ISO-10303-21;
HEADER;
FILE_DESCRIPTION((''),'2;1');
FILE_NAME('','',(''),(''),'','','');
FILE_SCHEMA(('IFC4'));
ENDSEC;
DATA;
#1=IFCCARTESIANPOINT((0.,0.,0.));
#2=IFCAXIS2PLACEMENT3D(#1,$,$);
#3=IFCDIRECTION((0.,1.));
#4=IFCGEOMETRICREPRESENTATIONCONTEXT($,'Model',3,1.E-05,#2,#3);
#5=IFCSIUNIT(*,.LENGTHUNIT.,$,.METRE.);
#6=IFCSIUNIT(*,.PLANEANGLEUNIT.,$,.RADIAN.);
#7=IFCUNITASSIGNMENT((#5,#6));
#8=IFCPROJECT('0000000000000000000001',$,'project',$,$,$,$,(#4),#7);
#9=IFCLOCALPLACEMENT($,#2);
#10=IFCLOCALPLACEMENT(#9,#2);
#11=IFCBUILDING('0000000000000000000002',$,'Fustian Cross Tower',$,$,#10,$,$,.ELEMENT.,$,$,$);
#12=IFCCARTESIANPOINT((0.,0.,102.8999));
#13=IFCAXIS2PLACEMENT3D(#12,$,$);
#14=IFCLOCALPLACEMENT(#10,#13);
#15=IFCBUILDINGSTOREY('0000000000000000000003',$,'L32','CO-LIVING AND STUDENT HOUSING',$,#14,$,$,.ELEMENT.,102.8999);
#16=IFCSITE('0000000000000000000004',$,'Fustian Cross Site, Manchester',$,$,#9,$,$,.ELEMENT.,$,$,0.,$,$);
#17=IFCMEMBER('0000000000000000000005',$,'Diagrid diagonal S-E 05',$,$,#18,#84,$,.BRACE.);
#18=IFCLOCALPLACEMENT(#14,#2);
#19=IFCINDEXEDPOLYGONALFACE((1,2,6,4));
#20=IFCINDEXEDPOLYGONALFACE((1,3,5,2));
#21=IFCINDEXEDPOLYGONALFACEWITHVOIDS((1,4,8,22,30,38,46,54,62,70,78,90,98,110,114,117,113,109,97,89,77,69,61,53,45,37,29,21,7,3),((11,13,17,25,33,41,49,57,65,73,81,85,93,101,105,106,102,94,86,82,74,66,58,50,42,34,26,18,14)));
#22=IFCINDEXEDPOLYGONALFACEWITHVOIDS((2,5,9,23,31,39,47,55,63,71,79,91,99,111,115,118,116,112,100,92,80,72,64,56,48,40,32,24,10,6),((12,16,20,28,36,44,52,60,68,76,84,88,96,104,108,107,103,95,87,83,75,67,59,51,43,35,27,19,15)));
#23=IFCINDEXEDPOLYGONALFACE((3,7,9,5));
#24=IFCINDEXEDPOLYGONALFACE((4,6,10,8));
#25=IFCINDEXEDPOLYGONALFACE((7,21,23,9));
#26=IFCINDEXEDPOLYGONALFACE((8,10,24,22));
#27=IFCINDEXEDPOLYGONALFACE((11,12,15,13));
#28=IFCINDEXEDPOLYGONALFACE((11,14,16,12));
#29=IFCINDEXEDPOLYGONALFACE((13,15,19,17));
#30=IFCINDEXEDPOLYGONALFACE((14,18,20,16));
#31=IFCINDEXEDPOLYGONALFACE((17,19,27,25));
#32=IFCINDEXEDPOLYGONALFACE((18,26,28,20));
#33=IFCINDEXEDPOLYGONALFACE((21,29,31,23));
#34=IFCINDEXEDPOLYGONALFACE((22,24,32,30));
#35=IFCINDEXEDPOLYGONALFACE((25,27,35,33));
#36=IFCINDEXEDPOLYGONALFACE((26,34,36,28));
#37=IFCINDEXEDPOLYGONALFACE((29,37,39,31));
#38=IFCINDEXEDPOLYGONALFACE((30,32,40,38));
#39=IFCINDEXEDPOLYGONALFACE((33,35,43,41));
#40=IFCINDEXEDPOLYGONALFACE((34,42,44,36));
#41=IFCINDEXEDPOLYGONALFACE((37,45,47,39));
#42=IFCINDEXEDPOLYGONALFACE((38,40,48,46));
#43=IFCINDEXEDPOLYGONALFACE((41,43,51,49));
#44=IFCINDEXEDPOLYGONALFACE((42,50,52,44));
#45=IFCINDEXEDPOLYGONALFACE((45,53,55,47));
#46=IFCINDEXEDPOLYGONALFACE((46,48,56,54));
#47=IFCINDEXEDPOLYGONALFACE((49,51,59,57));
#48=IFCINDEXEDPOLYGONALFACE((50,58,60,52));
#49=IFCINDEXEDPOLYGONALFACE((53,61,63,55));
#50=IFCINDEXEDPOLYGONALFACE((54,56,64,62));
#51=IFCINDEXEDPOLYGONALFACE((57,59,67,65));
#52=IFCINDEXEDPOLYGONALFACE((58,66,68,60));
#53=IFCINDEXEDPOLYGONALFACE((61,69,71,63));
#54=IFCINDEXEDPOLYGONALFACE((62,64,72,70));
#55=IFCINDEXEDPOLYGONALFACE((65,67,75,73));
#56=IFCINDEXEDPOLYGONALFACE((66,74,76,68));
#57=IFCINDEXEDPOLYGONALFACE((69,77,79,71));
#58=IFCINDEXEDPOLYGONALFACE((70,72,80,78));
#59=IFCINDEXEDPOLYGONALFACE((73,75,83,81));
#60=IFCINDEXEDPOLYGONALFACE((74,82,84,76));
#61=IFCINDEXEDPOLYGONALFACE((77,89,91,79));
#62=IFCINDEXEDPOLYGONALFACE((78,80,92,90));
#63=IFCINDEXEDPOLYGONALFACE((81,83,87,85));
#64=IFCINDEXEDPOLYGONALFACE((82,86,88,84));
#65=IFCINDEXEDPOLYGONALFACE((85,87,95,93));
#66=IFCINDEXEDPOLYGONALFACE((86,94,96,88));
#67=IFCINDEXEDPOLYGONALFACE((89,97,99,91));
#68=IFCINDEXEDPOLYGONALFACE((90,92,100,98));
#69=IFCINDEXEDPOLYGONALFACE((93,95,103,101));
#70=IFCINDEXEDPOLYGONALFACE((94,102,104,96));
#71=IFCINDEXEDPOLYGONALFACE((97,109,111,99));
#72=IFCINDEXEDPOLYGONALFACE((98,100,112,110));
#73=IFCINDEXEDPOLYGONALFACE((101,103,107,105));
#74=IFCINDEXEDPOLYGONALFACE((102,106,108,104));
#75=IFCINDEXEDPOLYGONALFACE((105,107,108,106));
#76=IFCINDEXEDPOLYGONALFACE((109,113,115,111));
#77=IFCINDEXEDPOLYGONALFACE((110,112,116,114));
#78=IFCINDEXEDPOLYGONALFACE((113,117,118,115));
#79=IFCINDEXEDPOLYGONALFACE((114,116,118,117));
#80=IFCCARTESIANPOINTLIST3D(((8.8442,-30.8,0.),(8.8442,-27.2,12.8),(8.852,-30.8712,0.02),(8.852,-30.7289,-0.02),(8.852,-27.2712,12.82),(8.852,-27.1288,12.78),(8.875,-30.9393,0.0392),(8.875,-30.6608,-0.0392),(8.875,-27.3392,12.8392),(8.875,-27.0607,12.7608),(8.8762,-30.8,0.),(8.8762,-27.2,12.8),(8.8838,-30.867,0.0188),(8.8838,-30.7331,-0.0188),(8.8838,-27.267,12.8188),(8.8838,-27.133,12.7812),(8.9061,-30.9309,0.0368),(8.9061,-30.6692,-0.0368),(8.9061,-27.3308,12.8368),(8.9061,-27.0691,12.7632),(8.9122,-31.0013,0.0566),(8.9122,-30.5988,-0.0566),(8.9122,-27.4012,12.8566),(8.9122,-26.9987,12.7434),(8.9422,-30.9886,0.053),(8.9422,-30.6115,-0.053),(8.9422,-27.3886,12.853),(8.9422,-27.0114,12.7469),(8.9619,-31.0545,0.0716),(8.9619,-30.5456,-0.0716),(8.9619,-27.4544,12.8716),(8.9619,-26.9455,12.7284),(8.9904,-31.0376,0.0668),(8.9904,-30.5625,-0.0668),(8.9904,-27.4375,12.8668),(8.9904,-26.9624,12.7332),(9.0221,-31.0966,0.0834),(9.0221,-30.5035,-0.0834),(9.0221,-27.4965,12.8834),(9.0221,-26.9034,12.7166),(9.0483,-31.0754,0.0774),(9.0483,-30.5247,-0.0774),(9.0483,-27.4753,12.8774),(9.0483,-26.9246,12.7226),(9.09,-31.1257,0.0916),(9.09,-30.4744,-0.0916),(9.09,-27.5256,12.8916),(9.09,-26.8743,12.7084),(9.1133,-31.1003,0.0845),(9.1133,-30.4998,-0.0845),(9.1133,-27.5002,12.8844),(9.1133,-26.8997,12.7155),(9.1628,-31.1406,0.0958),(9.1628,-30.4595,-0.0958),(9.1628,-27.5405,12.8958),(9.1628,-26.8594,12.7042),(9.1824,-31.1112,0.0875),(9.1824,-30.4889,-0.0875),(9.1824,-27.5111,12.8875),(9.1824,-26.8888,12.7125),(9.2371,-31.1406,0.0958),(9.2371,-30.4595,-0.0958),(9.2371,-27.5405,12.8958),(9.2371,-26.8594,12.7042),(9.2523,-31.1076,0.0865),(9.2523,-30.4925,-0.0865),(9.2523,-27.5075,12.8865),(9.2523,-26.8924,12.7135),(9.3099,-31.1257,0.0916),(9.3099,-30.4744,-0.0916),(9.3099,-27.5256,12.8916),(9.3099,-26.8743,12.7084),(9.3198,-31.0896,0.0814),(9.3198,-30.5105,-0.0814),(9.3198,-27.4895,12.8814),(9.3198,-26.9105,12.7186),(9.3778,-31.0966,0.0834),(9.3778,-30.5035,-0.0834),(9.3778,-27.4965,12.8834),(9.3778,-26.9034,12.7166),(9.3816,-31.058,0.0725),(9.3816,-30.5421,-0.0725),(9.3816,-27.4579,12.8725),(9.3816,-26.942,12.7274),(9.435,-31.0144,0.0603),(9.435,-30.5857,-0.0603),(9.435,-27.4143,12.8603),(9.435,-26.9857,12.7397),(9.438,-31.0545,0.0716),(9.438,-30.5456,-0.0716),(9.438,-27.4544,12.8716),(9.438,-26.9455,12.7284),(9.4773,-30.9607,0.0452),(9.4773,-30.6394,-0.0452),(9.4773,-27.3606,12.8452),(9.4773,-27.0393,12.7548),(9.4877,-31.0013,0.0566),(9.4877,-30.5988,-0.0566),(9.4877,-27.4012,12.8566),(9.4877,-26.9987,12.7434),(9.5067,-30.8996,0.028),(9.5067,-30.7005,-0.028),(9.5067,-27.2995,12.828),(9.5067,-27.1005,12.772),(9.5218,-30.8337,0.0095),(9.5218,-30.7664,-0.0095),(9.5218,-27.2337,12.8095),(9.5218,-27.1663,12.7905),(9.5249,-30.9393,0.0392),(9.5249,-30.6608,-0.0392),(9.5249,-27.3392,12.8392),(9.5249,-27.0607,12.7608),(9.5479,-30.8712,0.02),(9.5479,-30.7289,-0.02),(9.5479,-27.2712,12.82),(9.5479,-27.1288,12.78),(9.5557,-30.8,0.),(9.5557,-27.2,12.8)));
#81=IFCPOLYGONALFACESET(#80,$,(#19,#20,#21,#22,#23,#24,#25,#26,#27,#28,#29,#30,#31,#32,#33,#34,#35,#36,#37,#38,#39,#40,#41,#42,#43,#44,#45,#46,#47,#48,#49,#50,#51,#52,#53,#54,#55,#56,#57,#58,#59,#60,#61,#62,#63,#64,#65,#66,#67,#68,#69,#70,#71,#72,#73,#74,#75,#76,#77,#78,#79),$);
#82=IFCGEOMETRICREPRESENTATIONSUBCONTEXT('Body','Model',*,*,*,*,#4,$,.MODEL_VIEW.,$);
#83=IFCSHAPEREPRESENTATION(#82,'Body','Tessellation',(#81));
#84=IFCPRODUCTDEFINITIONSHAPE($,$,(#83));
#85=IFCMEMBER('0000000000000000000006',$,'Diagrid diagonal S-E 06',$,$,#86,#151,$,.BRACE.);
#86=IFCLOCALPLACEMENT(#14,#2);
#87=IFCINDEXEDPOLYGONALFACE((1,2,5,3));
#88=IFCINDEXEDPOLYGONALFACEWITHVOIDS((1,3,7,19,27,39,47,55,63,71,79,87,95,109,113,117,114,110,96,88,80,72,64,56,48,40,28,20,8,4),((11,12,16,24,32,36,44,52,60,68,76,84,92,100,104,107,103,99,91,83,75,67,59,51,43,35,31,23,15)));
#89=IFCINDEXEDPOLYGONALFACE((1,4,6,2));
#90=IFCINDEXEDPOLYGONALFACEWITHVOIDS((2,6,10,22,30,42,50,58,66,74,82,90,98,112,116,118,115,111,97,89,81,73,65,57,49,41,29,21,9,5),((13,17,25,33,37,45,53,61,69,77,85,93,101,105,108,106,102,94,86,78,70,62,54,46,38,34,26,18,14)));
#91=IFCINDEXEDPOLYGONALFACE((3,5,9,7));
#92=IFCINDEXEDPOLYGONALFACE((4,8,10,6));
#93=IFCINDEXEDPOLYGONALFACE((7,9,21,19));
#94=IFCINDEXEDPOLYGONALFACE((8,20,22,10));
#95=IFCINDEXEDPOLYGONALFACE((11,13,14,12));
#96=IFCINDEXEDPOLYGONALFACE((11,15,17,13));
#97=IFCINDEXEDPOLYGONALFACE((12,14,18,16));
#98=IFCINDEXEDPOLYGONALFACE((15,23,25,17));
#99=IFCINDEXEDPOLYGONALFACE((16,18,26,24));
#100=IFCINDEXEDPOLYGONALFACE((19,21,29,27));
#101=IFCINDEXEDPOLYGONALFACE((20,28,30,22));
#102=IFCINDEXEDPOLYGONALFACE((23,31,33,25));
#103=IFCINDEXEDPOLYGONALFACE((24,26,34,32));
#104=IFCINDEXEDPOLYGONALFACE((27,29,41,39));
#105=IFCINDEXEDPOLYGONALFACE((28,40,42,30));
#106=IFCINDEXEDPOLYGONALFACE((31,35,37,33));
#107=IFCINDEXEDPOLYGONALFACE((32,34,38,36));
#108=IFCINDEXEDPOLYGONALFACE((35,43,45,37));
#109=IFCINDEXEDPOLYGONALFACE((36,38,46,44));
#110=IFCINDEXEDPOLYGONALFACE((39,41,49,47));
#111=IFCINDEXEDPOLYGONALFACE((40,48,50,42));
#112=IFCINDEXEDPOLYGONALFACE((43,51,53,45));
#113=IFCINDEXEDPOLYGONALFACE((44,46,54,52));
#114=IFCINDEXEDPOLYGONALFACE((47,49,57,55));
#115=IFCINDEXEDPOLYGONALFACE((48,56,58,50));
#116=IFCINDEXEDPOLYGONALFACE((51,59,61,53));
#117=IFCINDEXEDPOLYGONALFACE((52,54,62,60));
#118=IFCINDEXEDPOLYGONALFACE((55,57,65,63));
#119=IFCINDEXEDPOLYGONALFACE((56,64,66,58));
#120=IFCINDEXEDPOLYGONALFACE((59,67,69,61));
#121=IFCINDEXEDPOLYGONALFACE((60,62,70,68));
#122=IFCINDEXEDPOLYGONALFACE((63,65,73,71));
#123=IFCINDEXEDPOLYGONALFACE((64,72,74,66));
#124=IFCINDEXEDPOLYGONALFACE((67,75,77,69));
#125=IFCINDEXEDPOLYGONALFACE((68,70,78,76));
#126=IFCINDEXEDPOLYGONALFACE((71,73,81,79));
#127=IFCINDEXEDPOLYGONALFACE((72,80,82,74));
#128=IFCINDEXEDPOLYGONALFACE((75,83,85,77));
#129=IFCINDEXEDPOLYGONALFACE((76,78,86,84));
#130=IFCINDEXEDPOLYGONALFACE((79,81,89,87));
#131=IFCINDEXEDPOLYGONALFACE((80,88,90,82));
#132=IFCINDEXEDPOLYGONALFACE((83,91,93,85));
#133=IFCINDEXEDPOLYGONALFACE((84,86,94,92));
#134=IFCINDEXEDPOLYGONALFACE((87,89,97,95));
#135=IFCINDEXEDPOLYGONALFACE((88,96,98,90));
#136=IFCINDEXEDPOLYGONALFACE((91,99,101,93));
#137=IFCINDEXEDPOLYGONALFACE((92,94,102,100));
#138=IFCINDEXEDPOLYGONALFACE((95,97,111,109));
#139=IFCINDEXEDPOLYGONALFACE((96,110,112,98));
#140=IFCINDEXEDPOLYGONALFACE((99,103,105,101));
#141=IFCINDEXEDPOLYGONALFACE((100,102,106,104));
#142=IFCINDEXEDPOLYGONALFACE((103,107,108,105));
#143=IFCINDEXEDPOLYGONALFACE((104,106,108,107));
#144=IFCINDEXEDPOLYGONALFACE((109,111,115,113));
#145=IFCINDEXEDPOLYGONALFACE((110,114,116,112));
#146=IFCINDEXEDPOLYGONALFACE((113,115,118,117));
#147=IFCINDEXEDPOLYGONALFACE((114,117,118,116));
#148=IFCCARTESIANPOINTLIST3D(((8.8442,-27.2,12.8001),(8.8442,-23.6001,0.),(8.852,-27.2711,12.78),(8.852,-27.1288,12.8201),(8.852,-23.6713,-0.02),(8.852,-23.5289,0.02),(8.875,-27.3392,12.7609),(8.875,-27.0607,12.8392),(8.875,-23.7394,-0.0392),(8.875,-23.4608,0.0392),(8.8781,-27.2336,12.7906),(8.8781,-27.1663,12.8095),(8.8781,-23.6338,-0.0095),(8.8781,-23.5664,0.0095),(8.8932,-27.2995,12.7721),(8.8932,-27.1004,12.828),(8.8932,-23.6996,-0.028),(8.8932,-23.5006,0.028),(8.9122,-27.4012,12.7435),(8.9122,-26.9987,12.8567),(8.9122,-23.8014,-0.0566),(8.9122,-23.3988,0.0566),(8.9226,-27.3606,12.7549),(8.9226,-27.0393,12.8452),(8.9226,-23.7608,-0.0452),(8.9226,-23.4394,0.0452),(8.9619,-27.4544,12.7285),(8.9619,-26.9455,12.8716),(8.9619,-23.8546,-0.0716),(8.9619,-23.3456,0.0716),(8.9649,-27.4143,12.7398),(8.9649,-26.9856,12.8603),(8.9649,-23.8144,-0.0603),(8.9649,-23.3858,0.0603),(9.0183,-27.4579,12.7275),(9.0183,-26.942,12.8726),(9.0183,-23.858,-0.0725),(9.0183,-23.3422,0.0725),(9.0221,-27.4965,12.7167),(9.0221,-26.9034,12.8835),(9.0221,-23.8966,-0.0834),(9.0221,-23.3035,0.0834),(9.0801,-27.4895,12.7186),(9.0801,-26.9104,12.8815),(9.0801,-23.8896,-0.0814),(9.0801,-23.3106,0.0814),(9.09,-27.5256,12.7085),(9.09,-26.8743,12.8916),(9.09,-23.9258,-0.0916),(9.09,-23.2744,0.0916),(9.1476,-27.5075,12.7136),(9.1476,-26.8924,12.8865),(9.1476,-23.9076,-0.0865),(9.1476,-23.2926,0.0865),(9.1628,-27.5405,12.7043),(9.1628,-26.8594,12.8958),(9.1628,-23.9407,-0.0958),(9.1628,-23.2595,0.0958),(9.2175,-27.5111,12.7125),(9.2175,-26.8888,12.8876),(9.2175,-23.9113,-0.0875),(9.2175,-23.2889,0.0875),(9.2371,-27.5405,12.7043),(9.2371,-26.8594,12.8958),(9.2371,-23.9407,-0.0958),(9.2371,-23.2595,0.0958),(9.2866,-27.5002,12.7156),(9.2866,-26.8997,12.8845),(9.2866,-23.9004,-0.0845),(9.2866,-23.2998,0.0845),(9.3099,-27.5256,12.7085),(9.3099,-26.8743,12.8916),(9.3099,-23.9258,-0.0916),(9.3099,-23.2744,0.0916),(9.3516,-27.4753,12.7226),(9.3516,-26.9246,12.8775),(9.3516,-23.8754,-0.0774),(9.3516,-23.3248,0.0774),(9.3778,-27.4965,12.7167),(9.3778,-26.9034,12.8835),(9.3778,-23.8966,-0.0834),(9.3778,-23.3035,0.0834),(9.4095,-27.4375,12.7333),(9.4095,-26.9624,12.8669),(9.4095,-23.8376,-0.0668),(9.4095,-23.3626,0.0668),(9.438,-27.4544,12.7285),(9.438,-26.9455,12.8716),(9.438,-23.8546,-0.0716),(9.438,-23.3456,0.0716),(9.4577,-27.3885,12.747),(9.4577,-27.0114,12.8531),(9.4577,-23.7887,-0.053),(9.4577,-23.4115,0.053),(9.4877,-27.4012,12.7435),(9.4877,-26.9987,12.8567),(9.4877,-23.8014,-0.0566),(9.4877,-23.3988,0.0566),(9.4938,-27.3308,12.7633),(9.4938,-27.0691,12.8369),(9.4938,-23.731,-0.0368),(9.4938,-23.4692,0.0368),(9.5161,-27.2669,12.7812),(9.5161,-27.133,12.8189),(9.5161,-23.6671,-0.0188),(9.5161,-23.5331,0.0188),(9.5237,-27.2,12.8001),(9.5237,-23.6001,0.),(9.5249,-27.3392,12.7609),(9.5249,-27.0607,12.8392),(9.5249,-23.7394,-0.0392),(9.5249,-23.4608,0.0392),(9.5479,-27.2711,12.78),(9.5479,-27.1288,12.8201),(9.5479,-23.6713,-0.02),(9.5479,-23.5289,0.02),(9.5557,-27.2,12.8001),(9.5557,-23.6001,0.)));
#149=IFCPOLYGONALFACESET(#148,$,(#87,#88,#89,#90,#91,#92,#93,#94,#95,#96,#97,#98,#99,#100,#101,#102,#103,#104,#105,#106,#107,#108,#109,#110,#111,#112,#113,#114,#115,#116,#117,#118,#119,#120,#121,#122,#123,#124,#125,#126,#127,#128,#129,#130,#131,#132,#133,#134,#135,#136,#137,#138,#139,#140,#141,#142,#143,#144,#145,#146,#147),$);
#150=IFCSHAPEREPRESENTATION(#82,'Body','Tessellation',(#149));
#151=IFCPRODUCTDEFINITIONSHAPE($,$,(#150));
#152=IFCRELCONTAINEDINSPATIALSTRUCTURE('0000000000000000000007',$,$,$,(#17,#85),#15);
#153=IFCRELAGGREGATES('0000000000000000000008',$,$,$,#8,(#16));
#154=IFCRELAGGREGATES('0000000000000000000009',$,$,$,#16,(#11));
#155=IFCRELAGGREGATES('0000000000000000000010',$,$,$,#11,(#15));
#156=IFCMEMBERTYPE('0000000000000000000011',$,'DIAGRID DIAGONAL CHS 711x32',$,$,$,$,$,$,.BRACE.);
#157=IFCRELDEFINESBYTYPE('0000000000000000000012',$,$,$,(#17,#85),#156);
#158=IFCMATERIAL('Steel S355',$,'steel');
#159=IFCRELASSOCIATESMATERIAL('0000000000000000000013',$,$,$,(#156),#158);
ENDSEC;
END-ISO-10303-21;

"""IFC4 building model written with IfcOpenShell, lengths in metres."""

from ifc_helpers import new_model, si_unit, direction, frame, origin, origin_2d, place, context, subcontext, project, spatial, hollow_circle, extrude, material, material_profile, profile_set, type_object, element, save


model = new_model("IFC4")

# Units and contexts
model_context = context("Model", 3, precision=1e-05, world=origin(), true_north=direction((0.0, 1.0)))
body_context = subcontext(model_context, "Body", "Model", "MODEL_VIEW")
ifc_project = project(units=[si_unit("LENGTHUNIT", "METRE"), si_unit("PLANEANGLEUNIT", "RADIAN")], contexts=[model_context])

# Site, building, storey
site_placement = place(None, origin())
site = spatial("IfcSite", under=ifc_project, at=site_placement, Name="Fustian Cross Site, Manchester", CompositionType="ELEMENT", RefElevation=0.0)
building_placement = place(site_placement, origin())
building = spatial("IfcBuilding", under=site, at=building_placement, Name="Fustian Cross Tower", CompositionType="ELEMENT")
storey_placement = place(building_placement, frame((0.0, 0.0, 102.8999)))
storey = spatial("IfcBuildingStorey", under=building, at=storey_placement, Name="L32", Description="CO-LIVING AND STUDENT HOUSING", CompositionType="ELEMENT", Elevation=102.8999)

# Members
ifc_material_1 = material(Name="Steel S355", Category="steel")
ifc_material_profile_1 = material_profile(ifc_material_1, hollow_circle(Radius=0.3557, WallThickness=0.032, at=origin_2d()), Name="CHS 711x32")
ifc_profile_set_1 = profile_set([ifc_material_profile_1], Name="Steel S355")
member_type_1 = type_object("IfcMemberType", Name="DIAGRID DIAGONAL CHS 711x32", PredefinedType="BRACE", material=ifc_profile_set_1)
for number, where, z_axis, x_axis, name in (
    (1, (9.2, -30.8, 0.0), (0.0, 0.270751, 0.962649), (-1.0, 0.0, 0.0), "Diagrid diagonal S-E 05"),
    (2, (9.2, -23.6001, 0.0), (0.0, -0.270734, 0.962654), (1.0, 0.0, 0.0), "Diagrid diagonal S-E 06"),
):
    element("IfcMember", number, at=place(storey_placement, frame(where, z_axis=z_axis, x_axis=x_axis)), inside=storey, type_object=member_type_1, Name=name, PredefinedType="BRACE", context=body_context, shape_type="SweptSolid", body=[
        extrude(hollow_circle(Radius=0.3557, WallThickness=0.032, at=origin_2d()), origin(), (0.0, 0.0, 1.0), 13.2966),
    ])

save(model, "model.ifc")
